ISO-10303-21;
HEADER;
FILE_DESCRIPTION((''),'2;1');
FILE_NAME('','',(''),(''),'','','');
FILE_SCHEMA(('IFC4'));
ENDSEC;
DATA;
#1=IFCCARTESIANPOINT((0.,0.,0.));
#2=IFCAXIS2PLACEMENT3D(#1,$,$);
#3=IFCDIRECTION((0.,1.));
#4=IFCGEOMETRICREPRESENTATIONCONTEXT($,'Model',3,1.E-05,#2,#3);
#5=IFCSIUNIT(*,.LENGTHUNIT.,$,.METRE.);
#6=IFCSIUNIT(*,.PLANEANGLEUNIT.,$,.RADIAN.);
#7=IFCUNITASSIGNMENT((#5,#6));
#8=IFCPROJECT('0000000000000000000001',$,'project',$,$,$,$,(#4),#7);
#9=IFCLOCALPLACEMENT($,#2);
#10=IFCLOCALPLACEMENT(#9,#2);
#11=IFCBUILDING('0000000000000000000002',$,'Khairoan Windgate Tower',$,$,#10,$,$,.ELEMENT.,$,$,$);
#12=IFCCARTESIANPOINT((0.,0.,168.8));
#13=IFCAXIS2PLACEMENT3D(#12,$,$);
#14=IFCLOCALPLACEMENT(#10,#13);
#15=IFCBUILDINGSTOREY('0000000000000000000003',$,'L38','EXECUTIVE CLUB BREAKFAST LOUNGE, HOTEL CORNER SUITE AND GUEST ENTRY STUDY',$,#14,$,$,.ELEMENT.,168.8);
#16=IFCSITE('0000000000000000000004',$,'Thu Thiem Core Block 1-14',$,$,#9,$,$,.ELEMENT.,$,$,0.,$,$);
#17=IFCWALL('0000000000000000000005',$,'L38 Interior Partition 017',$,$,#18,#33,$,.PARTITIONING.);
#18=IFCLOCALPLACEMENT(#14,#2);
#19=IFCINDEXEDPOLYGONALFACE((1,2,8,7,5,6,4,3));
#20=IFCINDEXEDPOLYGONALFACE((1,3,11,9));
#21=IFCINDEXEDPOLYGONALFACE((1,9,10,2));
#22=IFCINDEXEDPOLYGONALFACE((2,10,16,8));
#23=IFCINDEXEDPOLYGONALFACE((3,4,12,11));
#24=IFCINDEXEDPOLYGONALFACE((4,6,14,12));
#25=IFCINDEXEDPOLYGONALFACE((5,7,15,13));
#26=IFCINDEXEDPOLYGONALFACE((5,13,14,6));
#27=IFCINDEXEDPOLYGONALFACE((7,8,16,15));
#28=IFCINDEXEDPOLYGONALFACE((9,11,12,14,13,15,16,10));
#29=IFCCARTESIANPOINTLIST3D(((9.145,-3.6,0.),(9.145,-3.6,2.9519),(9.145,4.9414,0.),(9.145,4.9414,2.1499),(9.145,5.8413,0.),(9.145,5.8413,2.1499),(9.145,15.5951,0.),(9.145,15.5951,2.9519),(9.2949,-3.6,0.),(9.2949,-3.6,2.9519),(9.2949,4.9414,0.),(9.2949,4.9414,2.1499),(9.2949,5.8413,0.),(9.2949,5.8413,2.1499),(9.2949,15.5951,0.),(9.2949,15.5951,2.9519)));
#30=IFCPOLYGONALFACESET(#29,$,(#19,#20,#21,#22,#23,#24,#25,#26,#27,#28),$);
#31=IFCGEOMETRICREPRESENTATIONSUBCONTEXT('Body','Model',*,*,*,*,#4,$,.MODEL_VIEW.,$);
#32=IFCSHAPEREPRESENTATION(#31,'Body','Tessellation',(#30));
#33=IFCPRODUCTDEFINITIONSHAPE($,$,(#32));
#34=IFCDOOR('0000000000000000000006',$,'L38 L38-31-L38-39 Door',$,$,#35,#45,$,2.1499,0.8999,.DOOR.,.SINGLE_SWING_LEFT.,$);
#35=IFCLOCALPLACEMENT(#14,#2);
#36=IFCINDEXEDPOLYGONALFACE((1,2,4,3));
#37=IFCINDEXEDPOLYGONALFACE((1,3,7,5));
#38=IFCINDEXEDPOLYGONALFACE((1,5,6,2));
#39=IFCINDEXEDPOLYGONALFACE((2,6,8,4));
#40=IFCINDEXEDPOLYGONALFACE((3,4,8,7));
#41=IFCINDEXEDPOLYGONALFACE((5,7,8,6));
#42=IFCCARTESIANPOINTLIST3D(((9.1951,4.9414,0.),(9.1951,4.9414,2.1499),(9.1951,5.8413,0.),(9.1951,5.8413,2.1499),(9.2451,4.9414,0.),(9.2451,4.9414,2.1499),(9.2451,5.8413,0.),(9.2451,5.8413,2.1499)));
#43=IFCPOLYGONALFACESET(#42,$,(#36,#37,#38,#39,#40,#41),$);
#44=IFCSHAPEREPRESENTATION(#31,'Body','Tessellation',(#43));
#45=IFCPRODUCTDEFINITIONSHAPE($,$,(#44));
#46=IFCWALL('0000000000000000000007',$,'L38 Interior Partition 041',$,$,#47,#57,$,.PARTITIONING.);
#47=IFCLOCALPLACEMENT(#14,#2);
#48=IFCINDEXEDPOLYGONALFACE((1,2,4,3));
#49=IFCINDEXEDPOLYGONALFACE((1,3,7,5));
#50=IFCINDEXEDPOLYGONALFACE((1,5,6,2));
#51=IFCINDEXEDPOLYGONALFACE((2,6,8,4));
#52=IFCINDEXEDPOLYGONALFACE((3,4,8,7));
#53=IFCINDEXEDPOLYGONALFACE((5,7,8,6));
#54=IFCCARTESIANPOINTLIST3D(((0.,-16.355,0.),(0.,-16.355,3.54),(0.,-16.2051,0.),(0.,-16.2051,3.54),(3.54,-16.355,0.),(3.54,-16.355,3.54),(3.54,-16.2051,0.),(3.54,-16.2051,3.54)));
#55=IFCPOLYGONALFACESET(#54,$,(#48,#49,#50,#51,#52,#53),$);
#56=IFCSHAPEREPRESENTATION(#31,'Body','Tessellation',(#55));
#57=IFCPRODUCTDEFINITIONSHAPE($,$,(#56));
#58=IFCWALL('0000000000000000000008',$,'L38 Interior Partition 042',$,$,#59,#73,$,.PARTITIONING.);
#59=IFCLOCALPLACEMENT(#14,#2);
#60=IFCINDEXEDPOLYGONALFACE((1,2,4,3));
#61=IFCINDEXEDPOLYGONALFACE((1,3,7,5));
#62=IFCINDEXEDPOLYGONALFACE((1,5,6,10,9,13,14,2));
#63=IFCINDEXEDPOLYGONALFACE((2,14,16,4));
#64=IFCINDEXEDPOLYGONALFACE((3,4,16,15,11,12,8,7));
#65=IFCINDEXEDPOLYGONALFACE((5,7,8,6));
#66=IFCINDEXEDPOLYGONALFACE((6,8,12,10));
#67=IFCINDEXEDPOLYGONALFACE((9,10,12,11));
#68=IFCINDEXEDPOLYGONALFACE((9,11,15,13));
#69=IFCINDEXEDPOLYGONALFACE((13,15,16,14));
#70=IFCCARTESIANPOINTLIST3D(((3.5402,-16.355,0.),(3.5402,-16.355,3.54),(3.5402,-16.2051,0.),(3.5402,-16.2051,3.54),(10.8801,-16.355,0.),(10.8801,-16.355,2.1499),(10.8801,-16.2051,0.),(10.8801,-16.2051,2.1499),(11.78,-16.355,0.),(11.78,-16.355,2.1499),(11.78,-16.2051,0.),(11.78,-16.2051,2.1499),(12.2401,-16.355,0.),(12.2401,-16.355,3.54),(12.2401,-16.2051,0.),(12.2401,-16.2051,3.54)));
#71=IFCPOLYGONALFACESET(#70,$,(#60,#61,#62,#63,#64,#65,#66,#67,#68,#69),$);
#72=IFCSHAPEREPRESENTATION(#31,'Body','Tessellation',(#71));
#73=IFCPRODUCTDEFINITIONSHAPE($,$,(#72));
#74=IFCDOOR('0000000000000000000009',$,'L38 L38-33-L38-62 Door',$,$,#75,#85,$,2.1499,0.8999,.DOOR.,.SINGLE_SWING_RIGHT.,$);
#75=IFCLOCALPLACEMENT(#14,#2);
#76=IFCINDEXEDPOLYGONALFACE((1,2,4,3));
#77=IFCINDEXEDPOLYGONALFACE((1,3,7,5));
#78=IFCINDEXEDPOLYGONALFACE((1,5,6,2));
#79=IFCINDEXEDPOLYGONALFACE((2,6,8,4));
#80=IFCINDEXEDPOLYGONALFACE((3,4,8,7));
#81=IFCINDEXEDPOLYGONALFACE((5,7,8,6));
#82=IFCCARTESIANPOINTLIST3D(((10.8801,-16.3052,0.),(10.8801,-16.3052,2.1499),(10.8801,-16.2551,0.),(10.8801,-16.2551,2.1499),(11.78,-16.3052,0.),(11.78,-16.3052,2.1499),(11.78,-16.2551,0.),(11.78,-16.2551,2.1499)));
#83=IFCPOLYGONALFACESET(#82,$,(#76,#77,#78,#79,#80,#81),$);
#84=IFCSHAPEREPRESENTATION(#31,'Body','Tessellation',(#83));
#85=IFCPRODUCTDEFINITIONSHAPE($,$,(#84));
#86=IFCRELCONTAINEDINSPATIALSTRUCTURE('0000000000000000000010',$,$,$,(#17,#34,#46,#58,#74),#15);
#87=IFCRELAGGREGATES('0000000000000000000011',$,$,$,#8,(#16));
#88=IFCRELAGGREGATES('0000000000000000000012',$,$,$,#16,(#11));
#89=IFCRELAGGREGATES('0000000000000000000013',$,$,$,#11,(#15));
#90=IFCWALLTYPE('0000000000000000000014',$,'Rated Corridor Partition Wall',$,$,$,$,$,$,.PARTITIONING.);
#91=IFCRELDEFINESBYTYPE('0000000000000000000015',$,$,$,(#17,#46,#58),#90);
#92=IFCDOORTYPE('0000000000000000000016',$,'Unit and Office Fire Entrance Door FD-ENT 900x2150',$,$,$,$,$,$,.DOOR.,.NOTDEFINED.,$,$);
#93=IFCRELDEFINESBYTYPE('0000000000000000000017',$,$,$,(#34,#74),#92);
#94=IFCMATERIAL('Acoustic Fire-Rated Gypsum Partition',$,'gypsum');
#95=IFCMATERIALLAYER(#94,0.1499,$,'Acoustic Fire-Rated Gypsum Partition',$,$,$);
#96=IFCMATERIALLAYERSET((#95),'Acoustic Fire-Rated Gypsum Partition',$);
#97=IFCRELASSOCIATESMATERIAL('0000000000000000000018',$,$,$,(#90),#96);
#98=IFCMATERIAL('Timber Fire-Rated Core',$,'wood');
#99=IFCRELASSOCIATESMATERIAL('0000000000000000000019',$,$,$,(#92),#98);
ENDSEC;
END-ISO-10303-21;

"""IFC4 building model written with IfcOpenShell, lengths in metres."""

from ifc_helpers import new_model, si_unit, direction, frame, frame_2d, origin, place, context, subcontext, project, spatial, rectangle, extrude, material, layer, layer_set, type_object, element, fill, save


model = new_model("IFC4")

# Units and contexts
model_context = context("Model", 3, precision=1e-05, world=origin(), true_north=direction((0.0, 1.0)))
body_context = subcontext(model_context, "Body", "Model", "MODEL_VIEW")
ifc_project = project(units=[si_unit("LENGTHUNIT", "METRE"), si_unit("PLANEANGLEUNIT", "RADIAN")], contexts=[model_context])

# Site, building, storey
site_placement = place(None, origin())
site = spatial("IfcSite", under=ifc_project, at=site_placement, Name="Thu Thiem Core Block 1-14", CompositionType="ELEMENT", RefElevation=0.0)
building_placement = place(site_placement, origin())
building = spatial("IfcBuilding", under=site, at=building_placement, Name="Khairoan Windgate Tower", CompositionType="ELEMENT")
storey_placement = place(building_placement, frame((0.0, 0.0, 168.8)))
storey = spatial("IfcBuildingStorey", under=building, at=storey_placement, Name="L38", Description="EXECUTIVE CLUB BREAKFAST LOUNGE, HOTEL CORNER SUITE AND GUEST ENTRY STUDY", CompositionType="ELEMENT", Elevation=168.8)

# Wall, opening, door
ifc_material_1 = material(Name="Acoustic Fire-Rated Gypsum Partition", Category="gypsum")
ifc_layer_1 = layer(ifc_material_1, 0.1499, Name="Acoustic Fire-Rated Gypsum Partition")
ifc_layer_set_1 = layer_set([ifc_layer_1], Name="Acoustic Fire-Rated Gypsum Partition")
wall_type_1 = type_object("IfcWallType", Name="Rated Corridor Partition Wall", PredefinedType="PARTITIONING", material=ifc_layer_set_1)
ifc_material_2 = material(Name="Timber Fire-Rated Core", Category="wood")
door_type = type_object("IfcDoorType", Name="Unit and Office Fire Entrance Door FD-ENT 900x2150", OperationType="NOTDEFINED", PredefinedType="DOOR", material=ifc_material_2)
wall_1_placement = place(storey_placement, frame((9.22, -3.6001, 0.0), z_axis=(0.0, 0.0, 1.0), x_axis=(0.0, 1.0, 0.0)))
wall_1 = element("IfcWall", 1, at=wall_1_placement, inside=storey, type_object=wall_type_1, Name="L38 Interior Partition 017", PredefinedType="PARTITIONING", context=body_context, shape_type="SweptSolid", body=[
    extrude(rectangle(XDim=19.1951, YDim=0.1499, at=frame_2d((9.5977, 0.0))), origin(), (0.0, 0.0, 1.0), 2.9519),
])
opening_1_placement = place(wall_1_placement, frame((8.5415, 0.0, 0.0)))
opening_1 = element("IfcOpeningElement", 2, at=opening_1_placement, cuts=wall_1, PredefinedType="OPENING", context=body_context, shape_type="SweptSolid", body=[
    extrude(rectangle(XDim=0.8999, YDim=2.1499, at=frame_2d((0.45, 1.075))), frame((0.0, 0.085, 0.0), z_axis=(0.0, -1.0, 0.0), x_axis=(1.0, 0.0, 0.0)), (0.0, 0.0, 1.0), 0.1699),
])
door_1_placement = place(opening_1_placement, origin())
door_1 = element("IfcDoor", 3, at=door_1_placement, inside=storey, type_object=door_type, Name="L38 L38-31-L38-39 Door", OperationType="SINGLE_SWING_LEFT", OverallHeight=2.1499, OverallWidth=0.8999, PredefinedType="DOOR", context=body_context, shape_type="SweptSolid", body=[
    extrude(rectangle(XDim=0.8999, YDim=2.1499, at=frame_2d((0.45, 1.075))), frame((0.0, 0.0249, 0.0), z_axis=(0.0, -1.0, 0.0), x_axis=(1.0, 0.0, 0.0)), (0.0, 0.0, 1.0), 0.05),
])
fill(opening_1, door_1)

# Wall
wall_2_placement = place(storey_placement, frame((0.0, -16.28, 0.0), z_axis=(0.0, 0.0, 1.0), x_axis=(1.0, 0.0, 0.0)))
element("IfcWall", 4, at=wall_2_placement, inside=storey, type_object=wall_type_1, Name="L38 Interior Partition 041", PredefinedType="PARTITIONING", context=body_context, shape_type="SweptSolid", body=[
    extrude(rectangle(XDim=3.54, YDim=0.1499, at=frame_2d((1.77, 0.0))), origin(), (0.0, 0.0, 1.0), 3.54),
])

# Wall, opening, door
wall_3_placement = place(storey_placement, frame((3.54, -16.28, 0.0), z_axis=(0.0, 0.0, 1.0), x_axis=(1.0, 0.0, 0.0)))
wall_3 = element("IfcWall", 5, at=wall_3_placement, inside=storey, type_object=wall_type_1, Name="L38 Interior Partition 042", PredefinedType="PARTITIONING", context=body_context, shape_type="SweptSolid", body=[
    extrude(rectangle(XDim=8.7, YDim=0.1499, at=frame_2d((4.3501, 0.0))), origin(), (0.0, 0.0, 1.0), 3.54),
])
opening_2_placement = place(wall_3_placement, frame((7.3401, 0.0, 0.0)))
opening_2 = element("IfcOpeningElement", 6, at=opening_2_placement, cuts=wall_3, PredefinedType="OPENING", context=body_context, shape_type="SweptSolid", body=[
    extrude(rectangle(XDim=0.8999, YDim=2.1499, at=frame_2d((0.45, 1.075))), frame((0.0, 0.085, 0.0), z_axis=(0.0, -1.0, 0.0), x_axis=(1.0, 0.0, 0.0)), (0.0, 0.0, 1.0), 0.1699),
])
door_2_placement = place(opening_2_placement, origin())
door_2 = element("IfcDoor", 7, at=door_2_placement, inside=storey, type_object=door_type, Name="L38 L38-33-L38-62 Door", OperationType="SINGLE_SWING_RIGHT", OverallHeight=2.1499, OverallWidth=0.8999, PredefinedType="DOOR", context=body_context, shape_type="SweptSolid", body=[
    extrude(rectangle(XDim=0.8999, YDim=2.1499, at=frame_2d((0.45, 1.075))), frame((0.0, 0.0249, 0.0), z_axis=(0.0, -1.0, 0.0), x_axis=(1.0, 0.0, 0.0)), (0.0, 0.0, 1.0), 0.05),
])
fill(opening_2, door_2)

save(model, "model.ifc")
